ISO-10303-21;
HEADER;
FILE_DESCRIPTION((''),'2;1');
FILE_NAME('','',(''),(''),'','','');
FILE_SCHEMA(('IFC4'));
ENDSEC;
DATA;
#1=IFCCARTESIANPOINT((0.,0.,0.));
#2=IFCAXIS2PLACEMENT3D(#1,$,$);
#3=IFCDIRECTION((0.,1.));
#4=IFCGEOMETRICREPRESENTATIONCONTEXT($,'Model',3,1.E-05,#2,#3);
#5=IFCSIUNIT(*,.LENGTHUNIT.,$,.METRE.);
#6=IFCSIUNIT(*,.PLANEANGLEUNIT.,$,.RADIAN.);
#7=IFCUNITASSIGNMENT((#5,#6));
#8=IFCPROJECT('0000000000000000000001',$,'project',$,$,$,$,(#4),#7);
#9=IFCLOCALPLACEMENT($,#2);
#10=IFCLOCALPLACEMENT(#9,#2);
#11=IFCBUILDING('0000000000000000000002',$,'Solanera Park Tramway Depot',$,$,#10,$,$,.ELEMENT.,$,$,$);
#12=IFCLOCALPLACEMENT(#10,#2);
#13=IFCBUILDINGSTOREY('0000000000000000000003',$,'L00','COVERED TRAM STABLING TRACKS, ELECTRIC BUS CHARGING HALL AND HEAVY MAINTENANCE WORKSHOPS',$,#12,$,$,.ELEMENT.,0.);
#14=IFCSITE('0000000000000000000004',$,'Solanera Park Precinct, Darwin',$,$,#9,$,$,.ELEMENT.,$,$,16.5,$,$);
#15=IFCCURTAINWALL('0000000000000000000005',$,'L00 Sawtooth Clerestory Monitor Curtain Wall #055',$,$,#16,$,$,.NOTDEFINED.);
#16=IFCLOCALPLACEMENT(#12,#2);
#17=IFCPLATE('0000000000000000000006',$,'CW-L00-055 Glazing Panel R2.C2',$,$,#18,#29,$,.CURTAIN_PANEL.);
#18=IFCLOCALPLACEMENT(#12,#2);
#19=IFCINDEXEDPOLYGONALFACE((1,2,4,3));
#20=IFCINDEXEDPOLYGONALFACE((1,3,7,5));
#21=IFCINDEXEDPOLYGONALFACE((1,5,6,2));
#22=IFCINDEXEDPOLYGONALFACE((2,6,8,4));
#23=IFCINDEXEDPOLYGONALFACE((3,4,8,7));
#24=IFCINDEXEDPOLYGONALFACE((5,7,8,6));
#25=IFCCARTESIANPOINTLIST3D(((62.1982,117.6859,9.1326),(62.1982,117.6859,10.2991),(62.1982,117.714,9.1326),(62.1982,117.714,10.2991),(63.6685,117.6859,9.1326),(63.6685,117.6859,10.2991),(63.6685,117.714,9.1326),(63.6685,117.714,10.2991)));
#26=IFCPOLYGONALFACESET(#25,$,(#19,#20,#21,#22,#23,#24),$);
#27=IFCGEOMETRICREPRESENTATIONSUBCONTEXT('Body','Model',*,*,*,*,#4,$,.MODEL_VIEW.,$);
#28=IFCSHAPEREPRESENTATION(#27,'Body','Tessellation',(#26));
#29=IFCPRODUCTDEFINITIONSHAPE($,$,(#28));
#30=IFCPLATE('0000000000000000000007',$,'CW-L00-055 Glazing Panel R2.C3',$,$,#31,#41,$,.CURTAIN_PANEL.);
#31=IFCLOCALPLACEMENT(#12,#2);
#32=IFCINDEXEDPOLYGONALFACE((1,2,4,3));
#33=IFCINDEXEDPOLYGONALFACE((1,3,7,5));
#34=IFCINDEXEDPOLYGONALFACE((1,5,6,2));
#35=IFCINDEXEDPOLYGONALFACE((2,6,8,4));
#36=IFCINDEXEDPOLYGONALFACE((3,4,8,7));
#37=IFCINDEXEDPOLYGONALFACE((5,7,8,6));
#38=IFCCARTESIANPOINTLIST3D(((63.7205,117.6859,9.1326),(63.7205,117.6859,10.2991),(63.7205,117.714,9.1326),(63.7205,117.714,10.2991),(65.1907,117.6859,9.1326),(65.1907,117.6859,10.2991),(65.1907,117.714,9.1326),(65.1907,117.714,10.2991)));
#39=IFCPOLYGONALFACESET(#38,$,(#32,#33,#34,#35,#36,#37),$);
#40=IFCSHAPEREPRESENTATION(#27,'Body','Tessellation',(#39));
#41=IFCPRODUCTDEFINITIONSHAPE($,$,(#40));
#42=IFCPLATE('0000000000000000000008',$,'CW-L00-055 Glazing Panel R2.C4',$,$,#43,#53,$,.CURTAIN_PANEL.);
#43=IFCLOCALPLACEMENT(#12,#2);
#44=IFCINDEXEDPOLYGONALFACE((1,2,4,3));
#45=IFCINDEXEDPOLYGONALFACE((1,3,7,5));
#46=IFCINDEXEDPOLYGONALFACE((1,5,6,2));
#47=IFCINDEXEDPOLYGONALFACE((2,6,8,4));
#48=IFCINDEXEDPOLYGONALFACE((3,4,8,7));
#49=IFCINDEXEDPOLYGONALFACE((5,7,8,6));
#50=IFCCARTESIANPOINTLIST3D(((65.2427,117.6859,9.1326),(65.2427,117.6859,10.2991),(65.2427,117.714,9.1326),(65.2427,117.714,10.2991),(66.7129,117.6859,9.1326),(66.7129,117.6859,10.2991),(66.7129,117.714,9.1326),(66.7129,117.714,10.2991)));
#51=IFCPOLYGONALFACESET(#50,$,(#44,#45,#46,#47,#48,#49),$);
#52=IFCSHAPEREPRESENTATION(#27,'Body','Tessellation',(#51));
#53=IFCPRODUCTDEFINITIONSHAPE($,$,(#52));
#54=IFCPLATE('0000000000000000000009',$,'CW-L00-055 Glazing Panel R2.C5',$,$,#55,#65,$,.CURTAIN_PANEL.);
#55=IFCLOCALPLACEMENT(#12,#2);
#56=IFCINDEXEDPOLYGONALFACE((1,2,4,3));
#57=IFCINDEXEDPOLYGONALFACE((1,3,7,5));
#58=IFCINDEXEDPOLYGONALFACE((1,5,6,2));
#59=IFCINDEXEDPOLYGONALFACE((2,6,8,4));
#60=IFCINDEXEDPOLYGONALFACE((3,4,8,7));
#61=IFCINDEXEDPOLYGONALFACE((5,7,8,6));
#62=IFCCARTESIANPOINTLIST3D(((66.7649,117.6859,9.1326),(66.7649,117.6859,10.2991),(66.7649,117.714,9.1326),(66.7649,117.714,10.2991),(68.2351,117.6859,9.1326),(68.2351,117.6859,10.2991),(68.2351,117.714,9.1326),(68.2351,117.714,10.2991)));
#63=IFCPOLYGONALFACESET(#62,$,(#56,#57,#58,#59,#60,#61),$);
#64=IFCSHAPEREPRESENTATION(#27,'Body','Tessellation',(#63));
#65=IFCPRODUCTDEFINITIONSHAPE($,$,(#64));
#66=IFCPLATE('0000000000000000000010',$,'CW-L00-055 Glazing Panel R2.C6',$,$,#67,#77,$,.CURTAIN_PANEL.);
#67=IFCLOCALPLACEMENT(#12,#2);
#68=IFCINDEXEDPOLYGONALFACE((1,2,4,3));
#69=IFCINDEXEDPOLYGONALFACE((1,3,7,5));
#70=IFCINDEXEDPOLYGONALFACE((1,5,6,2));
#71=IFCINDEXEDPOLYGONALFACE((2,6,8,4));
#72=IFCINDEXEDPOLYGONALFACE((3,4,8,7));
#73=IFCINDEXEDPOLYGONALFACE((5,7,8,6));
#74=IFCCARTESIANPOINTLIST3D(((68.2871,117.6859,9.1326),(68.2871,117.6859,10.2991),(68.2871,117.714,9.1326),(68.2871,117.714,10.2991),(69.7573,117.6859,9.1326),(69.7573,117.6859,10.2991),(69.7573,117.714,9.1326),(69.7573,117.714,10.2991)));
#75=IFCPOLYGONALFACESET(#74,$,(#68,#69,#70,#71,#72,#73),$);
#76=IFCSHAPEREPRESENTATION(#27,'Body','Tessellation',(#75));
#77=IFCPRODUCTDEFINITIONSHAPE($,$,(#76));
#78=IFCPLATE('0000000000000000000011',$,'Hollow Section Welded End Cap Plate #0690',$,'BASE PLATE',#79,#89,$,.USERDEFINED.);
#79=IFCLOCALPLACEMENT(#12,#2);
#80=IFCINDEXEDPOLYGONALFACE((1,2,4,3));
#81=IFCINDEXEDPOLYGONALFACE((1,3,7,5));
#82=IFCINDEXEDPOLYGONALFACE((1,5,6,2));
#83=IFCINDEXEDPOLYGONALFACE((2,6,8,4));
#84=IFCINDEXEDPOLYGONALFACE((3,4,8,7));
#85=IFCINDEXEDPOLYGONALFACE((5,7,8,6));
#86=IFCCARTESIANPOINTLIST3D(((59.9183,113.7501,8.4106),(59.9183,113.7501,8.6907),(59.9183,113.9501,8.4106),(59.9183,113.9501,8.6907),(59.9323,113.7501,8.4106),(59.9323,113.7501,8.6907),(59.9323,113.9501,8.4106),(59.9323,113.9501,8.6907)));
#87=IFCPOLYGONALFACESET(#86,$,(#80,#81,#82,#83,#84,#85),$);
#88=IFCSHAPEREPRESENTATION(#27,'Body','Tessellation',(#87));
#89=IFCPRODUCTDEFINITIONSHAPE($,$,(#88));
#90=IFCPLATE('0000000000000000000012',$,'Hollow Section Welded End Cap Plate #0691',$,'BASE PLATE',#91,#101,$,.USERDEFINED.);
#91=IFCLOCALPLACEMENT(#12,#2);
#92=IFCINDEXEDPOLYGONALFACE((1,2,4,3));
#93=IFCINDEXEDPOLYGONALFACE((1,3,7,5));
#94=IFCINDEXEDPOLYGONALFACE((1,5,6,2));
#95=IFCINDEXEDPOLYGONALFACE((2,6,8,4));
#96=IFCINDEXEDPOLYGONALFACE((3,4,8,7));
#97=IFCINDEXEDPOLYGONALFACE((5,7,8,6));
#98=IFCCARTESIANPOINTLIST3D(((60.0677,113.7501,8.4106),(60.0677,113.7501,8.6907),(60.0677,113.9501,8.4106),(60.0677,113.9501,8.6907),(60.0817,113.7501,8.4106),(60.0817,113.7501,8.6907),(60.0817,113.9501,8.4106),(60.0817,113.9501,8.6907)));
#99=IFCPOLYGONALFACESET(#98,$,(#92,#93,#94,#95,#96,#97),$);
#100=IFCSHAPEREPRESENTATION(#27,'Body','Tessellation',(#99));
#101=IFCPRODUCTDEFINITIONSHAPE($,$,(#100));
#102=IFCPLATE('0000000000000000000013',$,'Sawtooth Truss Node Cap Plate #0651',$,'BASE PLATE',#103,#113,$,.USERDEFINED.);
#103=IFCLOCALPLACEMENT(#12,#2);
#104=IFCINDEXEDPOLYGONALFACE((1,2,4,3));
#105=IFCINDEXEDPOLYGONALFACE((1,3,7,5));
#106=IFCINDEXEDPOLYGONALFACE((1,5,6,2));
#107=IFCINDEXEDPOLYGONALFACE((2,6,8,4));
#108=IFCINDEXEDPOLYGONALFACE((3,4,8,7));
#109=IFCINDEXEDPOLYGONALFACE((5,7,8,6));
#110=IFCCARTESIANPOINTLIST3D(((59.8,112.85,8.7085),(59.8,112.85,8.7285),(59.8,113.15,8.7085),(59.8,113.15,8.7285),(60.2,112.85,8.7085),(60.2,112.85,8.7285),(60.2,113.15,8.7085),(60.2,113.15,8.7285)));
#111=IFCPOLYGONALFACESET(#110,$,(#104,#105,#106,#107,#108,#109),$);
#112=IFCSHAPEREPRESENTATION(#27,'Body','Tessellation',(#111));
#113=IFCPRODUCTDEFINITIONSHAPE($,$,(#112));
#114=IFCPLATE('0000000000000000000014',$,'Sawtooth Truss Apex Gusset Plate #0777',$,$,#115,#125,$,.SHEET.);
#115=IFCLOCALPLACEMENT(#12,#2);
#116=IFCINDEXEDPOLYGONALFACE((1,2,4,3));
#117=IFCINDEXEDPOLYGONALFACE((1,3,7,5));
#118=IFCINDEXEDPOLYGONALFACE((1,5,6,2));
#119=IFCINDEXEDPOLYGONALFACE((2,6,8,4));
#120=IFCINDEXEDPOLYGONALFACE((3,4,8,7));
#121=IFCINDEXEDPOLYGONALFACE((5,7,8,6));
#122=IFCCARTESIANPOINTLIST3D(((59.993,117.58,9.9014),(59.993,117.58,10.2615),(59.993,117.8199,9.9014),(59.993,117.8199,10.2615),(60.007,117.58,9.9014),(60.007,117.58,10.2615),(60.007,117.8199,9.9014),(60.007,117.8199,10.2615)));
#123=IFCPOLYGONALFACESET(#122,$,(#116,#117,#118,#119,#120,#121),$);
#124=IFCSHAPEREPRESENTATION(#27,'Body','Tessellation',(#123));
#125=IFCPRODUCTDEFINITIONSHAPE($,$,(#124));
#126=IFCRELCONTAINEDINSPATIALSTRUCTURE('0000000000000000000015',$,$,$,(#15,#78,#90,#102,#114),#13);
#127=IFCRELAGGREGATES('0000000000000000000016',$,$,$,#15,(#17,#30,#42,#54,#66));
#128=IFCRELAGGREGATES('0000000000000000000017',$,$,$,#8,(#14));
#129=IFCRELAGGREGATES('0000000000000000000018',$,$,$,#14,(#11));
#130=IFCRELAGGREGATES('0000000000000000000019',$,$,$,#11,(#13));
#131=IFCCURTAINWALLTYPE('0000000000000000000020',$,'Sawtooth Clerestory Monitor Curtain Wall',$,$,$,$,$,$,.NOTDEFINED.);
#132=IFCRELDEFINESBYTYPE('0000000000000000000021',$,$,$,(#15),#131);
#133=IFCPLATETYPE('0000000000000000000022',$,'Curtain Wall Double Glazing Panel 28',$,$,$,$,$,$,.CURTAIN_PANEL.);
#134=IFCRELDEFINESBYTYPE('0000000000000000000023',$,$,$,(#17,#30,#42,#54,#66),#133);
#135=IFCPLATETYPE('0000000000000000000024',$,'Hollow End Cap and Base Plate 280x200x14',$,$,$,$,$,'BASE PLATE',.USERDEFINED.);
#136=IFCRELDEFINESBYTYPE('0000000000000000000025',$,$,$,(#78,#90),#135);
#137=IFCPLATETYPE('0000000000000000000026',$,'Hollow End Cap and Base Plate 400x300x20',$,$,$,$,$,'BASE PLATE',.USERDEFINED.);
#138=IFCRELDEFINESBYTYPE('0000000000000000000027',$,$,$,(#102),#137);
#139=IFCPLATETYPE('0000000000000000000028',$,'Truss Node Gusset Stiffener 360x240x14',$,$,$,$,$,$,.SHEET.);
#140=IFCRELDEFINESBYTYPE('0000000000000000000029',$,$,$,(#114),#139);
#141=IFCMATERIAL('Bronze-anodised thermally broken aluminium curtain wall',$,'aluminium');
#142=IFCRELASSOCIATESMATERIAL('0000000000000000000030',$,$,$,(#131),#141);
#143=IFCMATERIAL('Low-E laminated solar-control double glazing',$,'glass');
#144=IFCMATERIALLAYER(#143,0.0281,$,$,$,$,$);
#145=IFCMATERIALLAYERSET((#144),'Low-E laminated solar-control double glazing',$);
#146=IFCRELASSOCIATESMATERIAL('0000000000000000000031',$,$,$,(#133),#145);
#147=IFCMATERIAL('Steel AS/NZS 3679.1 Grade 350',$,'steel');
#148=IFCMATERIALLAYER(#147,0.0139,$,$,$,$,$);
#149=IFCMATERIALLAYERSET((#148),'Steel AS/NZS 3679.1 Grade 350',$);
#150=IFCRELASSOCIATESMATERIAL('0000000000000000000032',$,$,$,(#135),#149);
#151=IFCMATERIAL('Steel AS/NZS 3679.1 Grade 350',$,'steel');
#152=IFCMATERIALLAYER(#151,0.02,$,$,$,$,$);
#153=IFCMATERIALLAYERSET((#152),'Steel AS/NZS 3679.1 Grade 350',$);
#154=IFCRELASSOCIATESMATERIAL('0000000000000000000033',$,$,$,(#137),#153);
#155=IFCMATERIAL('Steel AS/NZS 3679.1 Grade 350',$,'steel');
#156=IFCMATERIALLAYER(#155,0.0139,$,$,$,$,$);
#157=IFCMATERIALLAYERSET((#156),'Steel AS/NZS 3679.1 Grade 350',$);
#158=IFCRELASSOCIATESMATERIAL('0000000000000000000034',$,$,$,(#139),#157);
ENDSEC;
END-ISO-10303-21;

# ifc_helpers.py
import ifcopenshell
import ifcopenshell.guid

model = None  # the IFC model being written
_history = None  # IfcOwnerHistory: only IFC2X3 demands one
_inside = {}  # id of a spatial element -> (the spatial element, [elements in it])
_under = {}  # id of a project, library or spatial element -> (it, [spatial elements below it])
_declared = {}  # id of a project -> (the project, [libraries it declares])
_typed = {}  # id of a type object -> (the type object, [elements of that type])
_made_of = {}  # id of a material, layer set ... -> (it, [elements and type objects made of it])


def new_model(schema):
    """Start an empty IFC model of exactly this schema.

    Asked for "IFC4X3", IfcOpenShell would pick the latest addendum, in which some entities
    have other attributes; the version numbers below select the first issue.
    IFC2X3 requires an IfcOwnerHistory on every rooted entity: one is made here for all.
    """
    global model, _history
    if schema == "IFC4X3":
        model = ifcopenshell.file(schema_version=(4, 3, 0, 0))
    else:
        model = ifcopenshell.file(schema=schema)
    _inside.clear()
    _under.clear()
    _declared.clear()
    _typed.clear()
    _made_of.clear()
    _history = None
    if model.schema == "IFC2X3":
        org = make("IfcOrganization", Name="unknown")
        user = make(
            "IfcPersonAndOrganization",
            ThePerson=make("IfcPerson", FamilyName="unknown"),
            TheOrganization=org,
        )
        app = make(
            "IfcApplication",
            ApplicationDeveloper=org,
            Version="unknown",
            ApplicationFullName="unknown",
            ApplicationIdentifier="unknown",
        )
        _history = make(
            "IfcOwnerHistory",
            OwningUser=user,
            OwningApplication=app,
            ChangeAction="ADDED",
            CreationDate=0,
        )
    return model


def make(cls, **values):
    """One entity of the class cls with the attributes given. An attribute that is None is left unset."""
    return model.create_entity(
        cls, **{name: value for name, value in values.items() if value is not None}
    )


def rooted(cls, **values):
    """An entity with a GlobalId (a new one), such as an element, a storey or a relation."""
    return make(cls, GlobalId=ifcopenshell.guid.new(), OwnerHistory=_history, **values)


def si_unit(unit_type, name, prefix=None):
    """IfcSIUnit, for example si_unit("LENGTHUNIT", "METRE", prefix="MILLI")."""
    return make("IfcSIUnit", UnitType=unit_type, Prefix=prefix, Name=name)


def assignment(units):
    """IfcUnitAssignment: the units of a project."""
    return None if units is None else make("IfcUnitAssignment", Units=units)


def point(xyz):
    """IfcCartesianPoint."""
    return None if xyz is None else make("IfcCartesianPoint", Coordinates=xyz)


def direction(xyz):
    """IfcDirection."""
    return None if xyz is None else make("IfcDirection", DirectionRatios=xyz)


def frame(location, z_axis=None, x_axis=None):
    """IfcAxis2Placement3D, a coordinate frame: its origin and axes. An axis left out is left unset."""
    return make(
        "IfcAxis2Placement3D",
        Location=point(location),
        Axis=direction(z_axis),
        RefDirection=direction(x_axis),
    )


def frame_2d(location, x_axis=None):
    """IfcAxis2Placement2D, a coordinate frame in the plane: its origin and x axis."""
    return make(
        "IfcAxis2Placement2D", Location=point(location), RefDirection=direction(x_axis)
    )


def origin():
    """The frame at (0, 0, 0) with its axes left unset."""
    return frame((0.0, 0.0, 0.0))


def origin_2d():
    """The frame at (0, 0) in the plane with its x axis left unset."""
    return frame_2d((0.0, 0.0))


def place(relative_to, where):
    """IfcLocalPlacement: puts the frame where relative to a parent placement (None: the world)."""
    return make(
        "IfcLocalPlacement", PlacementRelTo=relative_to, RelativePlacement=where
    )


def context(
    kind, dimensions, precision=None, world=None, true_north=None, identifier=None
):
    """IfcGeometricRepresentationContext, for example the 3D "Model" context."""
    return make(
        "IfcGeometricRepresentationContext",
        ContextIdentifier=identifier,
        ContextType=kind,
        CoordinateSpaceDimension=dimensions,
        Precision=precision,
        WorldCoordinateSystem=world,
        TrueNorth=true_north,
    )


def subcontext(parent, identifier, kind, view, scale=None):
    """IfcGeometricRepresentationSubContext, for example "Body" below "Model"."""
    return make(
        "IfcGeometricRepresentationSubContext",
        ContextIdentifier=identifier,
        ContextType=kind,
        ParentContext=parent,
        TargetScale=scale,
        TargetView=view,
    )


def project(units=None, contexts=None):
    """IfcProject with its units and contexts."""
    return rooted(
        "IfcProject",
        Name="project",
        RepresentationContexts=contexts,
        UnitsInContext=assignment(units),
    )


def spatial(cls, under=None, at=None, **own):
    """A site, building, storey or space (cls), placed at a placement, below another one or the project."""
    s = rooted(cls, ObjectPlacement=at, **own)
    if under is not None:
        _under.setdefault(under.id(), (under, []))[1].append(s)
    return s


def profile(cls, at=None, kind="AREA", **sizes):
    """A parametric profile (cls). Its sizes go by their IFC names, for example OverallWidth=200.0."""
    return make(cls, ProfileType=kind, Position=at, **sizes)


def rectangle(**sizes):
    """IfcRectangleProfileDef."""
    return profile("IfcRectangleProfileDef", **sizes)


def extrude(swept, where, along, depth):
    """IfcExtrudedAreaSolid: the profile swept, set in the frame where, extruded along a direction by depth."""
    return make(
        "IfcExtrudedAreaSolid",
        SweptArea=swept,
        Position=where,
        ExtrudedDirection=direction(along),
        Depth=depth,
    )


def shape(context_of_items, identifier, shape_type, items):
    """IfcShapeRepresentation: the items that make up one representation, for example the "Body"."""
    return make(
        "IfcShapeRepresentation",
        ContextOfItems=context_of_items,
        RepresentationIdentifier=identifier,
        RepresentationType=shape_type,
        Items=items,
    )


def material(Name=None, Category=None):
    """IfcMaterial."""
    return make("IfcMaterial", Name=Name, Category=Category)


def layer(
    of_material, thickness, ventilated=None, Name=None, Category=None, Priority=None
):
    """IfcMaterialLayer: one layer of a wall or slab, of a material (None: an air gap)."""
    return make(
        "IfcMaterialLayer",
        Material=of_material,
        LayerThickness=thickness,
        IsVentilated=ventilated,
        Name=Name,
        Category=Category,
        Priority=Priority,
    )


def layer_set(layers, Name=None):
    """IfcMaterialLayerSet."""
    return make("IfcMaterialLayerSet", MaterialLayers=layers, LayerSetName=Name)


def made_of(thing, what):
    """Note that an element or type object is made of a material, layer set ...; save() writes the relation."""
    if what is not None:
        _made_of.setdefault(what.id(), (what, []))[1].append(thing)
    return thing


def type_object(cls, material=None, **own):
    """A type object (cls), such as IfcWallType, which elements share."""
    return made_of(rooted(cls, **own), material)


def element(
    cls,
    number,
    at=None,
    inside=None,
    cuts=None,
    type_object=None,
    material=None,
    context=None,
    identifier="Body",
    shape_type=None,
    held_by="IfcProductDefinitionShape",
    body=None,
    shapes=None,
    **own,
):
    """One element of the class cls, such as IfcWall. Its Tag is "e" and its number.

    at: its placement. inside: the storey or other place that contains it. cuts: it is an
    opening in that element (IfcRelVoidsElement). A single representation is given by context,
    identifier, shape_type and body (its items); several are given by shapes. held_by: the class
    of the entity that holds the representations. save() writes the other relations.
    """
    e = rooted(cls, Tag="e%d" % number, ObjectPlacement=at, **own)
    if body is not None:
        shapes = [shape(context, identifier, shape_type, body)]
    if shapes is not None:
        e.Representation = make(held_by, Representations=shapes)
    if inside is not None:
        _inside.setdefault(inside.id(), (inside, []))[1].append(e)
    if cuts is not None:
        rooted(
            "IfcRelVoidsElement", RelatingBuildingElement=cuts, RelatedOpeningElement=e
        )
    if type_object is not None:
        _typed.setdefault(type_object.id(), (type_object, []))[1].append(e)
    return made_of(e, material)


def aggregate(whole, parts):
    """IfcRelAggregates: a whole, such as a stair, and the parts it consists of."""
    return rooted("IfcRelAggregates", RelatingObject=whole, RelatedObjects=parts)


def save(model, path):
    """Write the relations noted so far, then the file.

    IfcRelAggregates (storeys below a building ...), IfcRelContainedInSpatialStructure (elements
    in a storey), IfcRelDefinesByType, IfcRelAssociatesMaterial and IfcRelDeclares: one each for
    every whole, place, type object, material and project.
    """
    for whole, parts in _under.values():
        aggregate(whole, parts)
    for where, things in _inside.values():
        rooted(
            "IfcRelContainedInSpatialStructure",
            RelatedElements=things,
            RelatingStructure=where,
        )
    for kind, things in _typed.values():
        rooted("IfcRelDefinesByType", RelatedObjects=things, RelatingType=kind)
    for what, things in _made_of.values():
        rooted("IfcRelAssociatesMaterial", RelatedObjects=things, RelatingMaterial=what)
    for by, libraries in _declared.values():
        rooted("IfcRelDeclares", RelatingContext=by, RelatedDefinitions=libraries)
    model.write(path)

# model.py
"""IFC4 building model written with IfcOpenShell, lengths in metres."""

from ifc_helpers import new_model, si_unit, direction, frame, origin, origin_2d, place, context, subcontext, project, spatial, rectangle, extrude, material, layer, layer_set, type_object, element, aggregate, save


model = new_model("IFC4")

# Units and contexts
model_context = context("Model", 3, precision=1e-05, world=origin(), true_north=direction((0.0, 1.0)))
body_context = subcontext(model_context, "Body", "Model", "MODEL_VIEW")
ifc_project = project(units=[si_unit("LENGTHUNIT", "METRE"), si_unit("PLANEANGLEUNIT", "RADIAN")], contexts=[model_context])

# Site, building, storey
site_placement = place(None, origin())
site = spatial("IfcSite", under=ifc_project, at=site_placement, Name="Solanera Park Precinct, Darwin", CompositionType="ELEMENT", RefElevation=16.5)
building_placement = place(site_placement, origin())
building = spatial("IfcBuilding", under=site, at=building_placement, Name="Solanera Park Tramway Depot", CompositionType="ELEMENT")
storey_placement = place(building_placement, origin())
storey = spatial("IfcBuildingStorey", under=building, at=storey_placement, Name="L00", Description="COVERED TRAM STABLING TRACKS, ELECTRIC BUS CHARGING HALL AND HEAVY MAINTENANCE WORKSHOPS", CompositionType="ELEMENT", Elevation=0.0)

# Curtain wall
ifc_material_1 = material(Name="Bronze-anodised thermally broken aluminium curtain wall", Category="aluminium")
curtain_wall_type = type_object("IfcCurtainWallType", Name="Sawtooth Clerestory Monitor Curtain Wall", PredefinedType="NOTDEFINED", material=ifc_material_1)
curtain_wall_placement = place(storey_placement, origin())
curtain_wall = element("IfcCurtainWall", 1, at=curtain_wall_placement, inside=storey, type_object=curtain_wall_type, Name="L00 Sawtooth Clerestory Monitor Curtain Wall #055", PredefinedType="NOTDEFINED")

# Plates
ifc_material_2 = material(Name="Low-E laminated solar-control double glazing", Category="glass")
ifc_layer_1 = layer(ifc_material_2, 0.0281)
ifc_layer_set_1 = layer_set([ifc_layer_1], Name="Low-E laminated solar-control double glazing")
plate_type_1 = type_object("IfcPlateType", Name="Curtain Wall Double Glazing Panel 28", PredefinedType="CURTAIN_PANEL", material=ifc_layer_set_1)
plate_1_placement = place(storey_placement, frame((62.9333, 117.7, 9.1326), z_axis=(0.0, 0.0, 1.0), x_axis=(1.0, 0.0, 0.0)))
plate_1 = element("IfcPlate", 2, at=plate_1_placement, type_object=plate_type_1, Name="CW-L00-055 Glazing Panel R2.C2", PredefinedType="CURTAIN_PANEL", context=body_context, shape_type="SweptSolid", body=[
    extrude(rectangle(XDim=1.4702, YDim=0.0281, at=origin_2d()), origin(), (0.0, 0.0, 1.0), 1.1665),
])
plate_2_placement = place(storey_placement, frame((64.4556, 117.7, 9.1326), z_axis=(0.0, 0.0, 1.0), x_axis=(1.0, 0.0, 0.0)))
plate_2 = element("IfcPlate", 3, at=plate_2_placement, type_object=plate_type_1, Name="CW-L00-055 Glazing Panel R2.C3", PredefinedType="CURTAIN_PANEL", context=body_context, shape_type="SweptSolid", body=[
    extrude(rectangle(XDim=1.4702, YDim=0.0281, at=origin_2d()), origin(), (0.0, 0.0, 1.0), 1.1665),
])
plate_3_placement = place(storey_placement, frame((65.9778, 117.7, 9.1326), z_axis=(0.0, 0.0, 1.0), x_axis=(1.0, 0.0, 0.0)))
plate_3 = element("IfcPlate", 4, at=plate_3_placement, type_object=plate_type_1, Name="CW-L00-055 Glazing Panel R2.C4", PredefinedType="CURTAIN_PANEL", context=body_context, shape_type="SweptSolid", body=[
    extrude(rectangle(XDim=1.4702, YDim=0.0281, at=origin_2d()), origin(), (0.0, 0.0, 1.0), 1.1665),
])
plate_4_placement = place(storey_placement, frame((67.5, 117.7, 9.1326), z_axis=(0.0, 0.0, 1.0), x_axis=(1.0, 0.0, 0.0)))
plate_4 = element("IfcPlate", 5, at=plate_4_placement, type_object=plate_type_1, Name="CW-L00-055 Glazing Panel R2.C5", PredefinedType="CURTAIN_PANEL", context=body_context, shape_type="SweptSolid", body=[
    extrude(rectangle(XDim=1.4702, YDim=0.0281, at=origin_2d()), origin(), (0.0, 0.0, 1.0), 1.1665),
])
plate_5_placement = place(storey_placement, frame((69.0222, 117.7, 9.1326), z_axis=(0.0, 0.0, 1.0), x_axis=(1.0, 0.0, 0.0)))
plate_5 = element("IfcPlate", 6, at=plate_5_placement, type_object=plate_type_1, Name="CW-L00-055 Glazing Panel R2.C6", PredefinedType="CURTAIN_PANEL", context=body_context, shape_type="SweptSolid", body=[
    extrude(rectangle(XDim=1.4702, YDim=0.0281, at=origin_2d()), origin(), (0.0, 0.0, 1.0), 1.1665),
])
aggregate(curtain_wall, [plate_1, plate_2, plate_3, plate_4, plate_5])

# Plates
ifc_material_3 = material(Name="Steel AS/NZS 3679.1 Grade 350", Category="steel")
ifc_layer_2 = layer(ifc_material_3, 0.0139)
ifc_layer_set_2 = layer_set([ifc_layer_2], Name="Steel AS/NZS 3679.1 Grade 350")
plate_type_2 = type_object("IfcPlateType", Name="Hollow End Cap and Base Plate 280x200x14", ElementType="BASE PLATE", PredefinedType="USERDEFINED", material=ifc_layer_set_2)
for number, where, z_axis, x_axis, name in (
    (7, (59.9253, 113.8501, 8.4106), (0.0, 0.0, 1.0), (1.0, 0.0, 0.0), "Hollow Section Welded End Cap Plate #0690"),
    (8, (60.0747, 113.8501, 8.4106), (0.0, 0.0, 1.0), (1.0, 0.0, 0.0), "Hollow Section Welded End Cap Plate #0691"),
):
    element("IfcPlate", number, at=place(storey_placement, frame(where, z_axis=z_axis, x_axis=x_axis)), inside=storey, type_object=plate_type_2, Name=name, ObjectType="BASE PLATE", PredefinedType="USERDEFINED", context=body_context, shape_type="SweptSolid", body=[
        extrude(rectangle(XDim=0.0139, YDim=0.2, at=origin_2d()), origin(), (0.0, 0.0, 1.0), 0.28),
    ])
ifc_material_4 = material(Name="Steel AS/NZS 3679.1 Grade 350", Category="steel")
ifc_layer_3 = layer(ifc_material_4, 0.02)
ifc_layer_set_3 = layer_set([ifc_layer_3], Name="Steel AS/NZS 3679.1 Grade 350")
plate_type_3 = type_object("IfcPlateType", Name="Hollow End Cap and Base Plate 400x300x20", ElementType="BASE PLATE", PredefinedType="USERDEFINED", material=ifc_layer_set_3)
plate_6_placement = place(storey_placement, frame((60.0, 113.0, 8.7085), z_axis=(0.0, 0.0, 1.0), x_axis=(1.0, 0.0, 0.0)))
element("IfcPlate", 9, at=plate_6_placement, inside=storey, type_object=plate_type_3, Name="Sawtooth Truss Node Cap Plate #0651", ObjectType="BASE PLATE", PredefinedType="USERDEFINED", context=body_context, shape_type="SweptSolid", body=[
    extrude(rectangle(XDim=0.3999, YDim=0.3, at=origin_2d()), origin(), (0.0, 0.0, 1.0), 0.02),
])
ifc_material_5 = material(Name="Steel AS/NZS 3679.1 Grade 350", Category="steel")
ifc_layer_4 = layer(ifc_material_5, 0.0139)
ifc_layer_set_4 = layer_set([ifc_layer_4], Name="Steel AS/NZS 3679.1 Grade 350")
plate_type_4 = type_object("IfcPlateType", Name="Truss Node Gusset Stiffener 360x240x14", PredefinedType="SHEET", material=ifc_layer_set_4)
plate_7_placement = place(storey_placement, frame((60.0, 117.7, 9.9014), z_axis=(0.0, 0.0, 1.0), x_axis=(1.0, 0.0, 0.0)))
element("IfcPlate", 10, at=plate_7_placement, inside=storey, type_object=plate_type_4, Name="Sawtooth Truss Apex Gusset Plate #0777", PredefinedType="SHEET", context=body_context, shape_type="SweptSolid", body=[
    extrude(rectangle(XDim=0.0139, YDim=0.24, at=origin_2d()), origin(), (0.0, 0.0, 1.0), 0.3601),
])

save(model, "model.ifc")
